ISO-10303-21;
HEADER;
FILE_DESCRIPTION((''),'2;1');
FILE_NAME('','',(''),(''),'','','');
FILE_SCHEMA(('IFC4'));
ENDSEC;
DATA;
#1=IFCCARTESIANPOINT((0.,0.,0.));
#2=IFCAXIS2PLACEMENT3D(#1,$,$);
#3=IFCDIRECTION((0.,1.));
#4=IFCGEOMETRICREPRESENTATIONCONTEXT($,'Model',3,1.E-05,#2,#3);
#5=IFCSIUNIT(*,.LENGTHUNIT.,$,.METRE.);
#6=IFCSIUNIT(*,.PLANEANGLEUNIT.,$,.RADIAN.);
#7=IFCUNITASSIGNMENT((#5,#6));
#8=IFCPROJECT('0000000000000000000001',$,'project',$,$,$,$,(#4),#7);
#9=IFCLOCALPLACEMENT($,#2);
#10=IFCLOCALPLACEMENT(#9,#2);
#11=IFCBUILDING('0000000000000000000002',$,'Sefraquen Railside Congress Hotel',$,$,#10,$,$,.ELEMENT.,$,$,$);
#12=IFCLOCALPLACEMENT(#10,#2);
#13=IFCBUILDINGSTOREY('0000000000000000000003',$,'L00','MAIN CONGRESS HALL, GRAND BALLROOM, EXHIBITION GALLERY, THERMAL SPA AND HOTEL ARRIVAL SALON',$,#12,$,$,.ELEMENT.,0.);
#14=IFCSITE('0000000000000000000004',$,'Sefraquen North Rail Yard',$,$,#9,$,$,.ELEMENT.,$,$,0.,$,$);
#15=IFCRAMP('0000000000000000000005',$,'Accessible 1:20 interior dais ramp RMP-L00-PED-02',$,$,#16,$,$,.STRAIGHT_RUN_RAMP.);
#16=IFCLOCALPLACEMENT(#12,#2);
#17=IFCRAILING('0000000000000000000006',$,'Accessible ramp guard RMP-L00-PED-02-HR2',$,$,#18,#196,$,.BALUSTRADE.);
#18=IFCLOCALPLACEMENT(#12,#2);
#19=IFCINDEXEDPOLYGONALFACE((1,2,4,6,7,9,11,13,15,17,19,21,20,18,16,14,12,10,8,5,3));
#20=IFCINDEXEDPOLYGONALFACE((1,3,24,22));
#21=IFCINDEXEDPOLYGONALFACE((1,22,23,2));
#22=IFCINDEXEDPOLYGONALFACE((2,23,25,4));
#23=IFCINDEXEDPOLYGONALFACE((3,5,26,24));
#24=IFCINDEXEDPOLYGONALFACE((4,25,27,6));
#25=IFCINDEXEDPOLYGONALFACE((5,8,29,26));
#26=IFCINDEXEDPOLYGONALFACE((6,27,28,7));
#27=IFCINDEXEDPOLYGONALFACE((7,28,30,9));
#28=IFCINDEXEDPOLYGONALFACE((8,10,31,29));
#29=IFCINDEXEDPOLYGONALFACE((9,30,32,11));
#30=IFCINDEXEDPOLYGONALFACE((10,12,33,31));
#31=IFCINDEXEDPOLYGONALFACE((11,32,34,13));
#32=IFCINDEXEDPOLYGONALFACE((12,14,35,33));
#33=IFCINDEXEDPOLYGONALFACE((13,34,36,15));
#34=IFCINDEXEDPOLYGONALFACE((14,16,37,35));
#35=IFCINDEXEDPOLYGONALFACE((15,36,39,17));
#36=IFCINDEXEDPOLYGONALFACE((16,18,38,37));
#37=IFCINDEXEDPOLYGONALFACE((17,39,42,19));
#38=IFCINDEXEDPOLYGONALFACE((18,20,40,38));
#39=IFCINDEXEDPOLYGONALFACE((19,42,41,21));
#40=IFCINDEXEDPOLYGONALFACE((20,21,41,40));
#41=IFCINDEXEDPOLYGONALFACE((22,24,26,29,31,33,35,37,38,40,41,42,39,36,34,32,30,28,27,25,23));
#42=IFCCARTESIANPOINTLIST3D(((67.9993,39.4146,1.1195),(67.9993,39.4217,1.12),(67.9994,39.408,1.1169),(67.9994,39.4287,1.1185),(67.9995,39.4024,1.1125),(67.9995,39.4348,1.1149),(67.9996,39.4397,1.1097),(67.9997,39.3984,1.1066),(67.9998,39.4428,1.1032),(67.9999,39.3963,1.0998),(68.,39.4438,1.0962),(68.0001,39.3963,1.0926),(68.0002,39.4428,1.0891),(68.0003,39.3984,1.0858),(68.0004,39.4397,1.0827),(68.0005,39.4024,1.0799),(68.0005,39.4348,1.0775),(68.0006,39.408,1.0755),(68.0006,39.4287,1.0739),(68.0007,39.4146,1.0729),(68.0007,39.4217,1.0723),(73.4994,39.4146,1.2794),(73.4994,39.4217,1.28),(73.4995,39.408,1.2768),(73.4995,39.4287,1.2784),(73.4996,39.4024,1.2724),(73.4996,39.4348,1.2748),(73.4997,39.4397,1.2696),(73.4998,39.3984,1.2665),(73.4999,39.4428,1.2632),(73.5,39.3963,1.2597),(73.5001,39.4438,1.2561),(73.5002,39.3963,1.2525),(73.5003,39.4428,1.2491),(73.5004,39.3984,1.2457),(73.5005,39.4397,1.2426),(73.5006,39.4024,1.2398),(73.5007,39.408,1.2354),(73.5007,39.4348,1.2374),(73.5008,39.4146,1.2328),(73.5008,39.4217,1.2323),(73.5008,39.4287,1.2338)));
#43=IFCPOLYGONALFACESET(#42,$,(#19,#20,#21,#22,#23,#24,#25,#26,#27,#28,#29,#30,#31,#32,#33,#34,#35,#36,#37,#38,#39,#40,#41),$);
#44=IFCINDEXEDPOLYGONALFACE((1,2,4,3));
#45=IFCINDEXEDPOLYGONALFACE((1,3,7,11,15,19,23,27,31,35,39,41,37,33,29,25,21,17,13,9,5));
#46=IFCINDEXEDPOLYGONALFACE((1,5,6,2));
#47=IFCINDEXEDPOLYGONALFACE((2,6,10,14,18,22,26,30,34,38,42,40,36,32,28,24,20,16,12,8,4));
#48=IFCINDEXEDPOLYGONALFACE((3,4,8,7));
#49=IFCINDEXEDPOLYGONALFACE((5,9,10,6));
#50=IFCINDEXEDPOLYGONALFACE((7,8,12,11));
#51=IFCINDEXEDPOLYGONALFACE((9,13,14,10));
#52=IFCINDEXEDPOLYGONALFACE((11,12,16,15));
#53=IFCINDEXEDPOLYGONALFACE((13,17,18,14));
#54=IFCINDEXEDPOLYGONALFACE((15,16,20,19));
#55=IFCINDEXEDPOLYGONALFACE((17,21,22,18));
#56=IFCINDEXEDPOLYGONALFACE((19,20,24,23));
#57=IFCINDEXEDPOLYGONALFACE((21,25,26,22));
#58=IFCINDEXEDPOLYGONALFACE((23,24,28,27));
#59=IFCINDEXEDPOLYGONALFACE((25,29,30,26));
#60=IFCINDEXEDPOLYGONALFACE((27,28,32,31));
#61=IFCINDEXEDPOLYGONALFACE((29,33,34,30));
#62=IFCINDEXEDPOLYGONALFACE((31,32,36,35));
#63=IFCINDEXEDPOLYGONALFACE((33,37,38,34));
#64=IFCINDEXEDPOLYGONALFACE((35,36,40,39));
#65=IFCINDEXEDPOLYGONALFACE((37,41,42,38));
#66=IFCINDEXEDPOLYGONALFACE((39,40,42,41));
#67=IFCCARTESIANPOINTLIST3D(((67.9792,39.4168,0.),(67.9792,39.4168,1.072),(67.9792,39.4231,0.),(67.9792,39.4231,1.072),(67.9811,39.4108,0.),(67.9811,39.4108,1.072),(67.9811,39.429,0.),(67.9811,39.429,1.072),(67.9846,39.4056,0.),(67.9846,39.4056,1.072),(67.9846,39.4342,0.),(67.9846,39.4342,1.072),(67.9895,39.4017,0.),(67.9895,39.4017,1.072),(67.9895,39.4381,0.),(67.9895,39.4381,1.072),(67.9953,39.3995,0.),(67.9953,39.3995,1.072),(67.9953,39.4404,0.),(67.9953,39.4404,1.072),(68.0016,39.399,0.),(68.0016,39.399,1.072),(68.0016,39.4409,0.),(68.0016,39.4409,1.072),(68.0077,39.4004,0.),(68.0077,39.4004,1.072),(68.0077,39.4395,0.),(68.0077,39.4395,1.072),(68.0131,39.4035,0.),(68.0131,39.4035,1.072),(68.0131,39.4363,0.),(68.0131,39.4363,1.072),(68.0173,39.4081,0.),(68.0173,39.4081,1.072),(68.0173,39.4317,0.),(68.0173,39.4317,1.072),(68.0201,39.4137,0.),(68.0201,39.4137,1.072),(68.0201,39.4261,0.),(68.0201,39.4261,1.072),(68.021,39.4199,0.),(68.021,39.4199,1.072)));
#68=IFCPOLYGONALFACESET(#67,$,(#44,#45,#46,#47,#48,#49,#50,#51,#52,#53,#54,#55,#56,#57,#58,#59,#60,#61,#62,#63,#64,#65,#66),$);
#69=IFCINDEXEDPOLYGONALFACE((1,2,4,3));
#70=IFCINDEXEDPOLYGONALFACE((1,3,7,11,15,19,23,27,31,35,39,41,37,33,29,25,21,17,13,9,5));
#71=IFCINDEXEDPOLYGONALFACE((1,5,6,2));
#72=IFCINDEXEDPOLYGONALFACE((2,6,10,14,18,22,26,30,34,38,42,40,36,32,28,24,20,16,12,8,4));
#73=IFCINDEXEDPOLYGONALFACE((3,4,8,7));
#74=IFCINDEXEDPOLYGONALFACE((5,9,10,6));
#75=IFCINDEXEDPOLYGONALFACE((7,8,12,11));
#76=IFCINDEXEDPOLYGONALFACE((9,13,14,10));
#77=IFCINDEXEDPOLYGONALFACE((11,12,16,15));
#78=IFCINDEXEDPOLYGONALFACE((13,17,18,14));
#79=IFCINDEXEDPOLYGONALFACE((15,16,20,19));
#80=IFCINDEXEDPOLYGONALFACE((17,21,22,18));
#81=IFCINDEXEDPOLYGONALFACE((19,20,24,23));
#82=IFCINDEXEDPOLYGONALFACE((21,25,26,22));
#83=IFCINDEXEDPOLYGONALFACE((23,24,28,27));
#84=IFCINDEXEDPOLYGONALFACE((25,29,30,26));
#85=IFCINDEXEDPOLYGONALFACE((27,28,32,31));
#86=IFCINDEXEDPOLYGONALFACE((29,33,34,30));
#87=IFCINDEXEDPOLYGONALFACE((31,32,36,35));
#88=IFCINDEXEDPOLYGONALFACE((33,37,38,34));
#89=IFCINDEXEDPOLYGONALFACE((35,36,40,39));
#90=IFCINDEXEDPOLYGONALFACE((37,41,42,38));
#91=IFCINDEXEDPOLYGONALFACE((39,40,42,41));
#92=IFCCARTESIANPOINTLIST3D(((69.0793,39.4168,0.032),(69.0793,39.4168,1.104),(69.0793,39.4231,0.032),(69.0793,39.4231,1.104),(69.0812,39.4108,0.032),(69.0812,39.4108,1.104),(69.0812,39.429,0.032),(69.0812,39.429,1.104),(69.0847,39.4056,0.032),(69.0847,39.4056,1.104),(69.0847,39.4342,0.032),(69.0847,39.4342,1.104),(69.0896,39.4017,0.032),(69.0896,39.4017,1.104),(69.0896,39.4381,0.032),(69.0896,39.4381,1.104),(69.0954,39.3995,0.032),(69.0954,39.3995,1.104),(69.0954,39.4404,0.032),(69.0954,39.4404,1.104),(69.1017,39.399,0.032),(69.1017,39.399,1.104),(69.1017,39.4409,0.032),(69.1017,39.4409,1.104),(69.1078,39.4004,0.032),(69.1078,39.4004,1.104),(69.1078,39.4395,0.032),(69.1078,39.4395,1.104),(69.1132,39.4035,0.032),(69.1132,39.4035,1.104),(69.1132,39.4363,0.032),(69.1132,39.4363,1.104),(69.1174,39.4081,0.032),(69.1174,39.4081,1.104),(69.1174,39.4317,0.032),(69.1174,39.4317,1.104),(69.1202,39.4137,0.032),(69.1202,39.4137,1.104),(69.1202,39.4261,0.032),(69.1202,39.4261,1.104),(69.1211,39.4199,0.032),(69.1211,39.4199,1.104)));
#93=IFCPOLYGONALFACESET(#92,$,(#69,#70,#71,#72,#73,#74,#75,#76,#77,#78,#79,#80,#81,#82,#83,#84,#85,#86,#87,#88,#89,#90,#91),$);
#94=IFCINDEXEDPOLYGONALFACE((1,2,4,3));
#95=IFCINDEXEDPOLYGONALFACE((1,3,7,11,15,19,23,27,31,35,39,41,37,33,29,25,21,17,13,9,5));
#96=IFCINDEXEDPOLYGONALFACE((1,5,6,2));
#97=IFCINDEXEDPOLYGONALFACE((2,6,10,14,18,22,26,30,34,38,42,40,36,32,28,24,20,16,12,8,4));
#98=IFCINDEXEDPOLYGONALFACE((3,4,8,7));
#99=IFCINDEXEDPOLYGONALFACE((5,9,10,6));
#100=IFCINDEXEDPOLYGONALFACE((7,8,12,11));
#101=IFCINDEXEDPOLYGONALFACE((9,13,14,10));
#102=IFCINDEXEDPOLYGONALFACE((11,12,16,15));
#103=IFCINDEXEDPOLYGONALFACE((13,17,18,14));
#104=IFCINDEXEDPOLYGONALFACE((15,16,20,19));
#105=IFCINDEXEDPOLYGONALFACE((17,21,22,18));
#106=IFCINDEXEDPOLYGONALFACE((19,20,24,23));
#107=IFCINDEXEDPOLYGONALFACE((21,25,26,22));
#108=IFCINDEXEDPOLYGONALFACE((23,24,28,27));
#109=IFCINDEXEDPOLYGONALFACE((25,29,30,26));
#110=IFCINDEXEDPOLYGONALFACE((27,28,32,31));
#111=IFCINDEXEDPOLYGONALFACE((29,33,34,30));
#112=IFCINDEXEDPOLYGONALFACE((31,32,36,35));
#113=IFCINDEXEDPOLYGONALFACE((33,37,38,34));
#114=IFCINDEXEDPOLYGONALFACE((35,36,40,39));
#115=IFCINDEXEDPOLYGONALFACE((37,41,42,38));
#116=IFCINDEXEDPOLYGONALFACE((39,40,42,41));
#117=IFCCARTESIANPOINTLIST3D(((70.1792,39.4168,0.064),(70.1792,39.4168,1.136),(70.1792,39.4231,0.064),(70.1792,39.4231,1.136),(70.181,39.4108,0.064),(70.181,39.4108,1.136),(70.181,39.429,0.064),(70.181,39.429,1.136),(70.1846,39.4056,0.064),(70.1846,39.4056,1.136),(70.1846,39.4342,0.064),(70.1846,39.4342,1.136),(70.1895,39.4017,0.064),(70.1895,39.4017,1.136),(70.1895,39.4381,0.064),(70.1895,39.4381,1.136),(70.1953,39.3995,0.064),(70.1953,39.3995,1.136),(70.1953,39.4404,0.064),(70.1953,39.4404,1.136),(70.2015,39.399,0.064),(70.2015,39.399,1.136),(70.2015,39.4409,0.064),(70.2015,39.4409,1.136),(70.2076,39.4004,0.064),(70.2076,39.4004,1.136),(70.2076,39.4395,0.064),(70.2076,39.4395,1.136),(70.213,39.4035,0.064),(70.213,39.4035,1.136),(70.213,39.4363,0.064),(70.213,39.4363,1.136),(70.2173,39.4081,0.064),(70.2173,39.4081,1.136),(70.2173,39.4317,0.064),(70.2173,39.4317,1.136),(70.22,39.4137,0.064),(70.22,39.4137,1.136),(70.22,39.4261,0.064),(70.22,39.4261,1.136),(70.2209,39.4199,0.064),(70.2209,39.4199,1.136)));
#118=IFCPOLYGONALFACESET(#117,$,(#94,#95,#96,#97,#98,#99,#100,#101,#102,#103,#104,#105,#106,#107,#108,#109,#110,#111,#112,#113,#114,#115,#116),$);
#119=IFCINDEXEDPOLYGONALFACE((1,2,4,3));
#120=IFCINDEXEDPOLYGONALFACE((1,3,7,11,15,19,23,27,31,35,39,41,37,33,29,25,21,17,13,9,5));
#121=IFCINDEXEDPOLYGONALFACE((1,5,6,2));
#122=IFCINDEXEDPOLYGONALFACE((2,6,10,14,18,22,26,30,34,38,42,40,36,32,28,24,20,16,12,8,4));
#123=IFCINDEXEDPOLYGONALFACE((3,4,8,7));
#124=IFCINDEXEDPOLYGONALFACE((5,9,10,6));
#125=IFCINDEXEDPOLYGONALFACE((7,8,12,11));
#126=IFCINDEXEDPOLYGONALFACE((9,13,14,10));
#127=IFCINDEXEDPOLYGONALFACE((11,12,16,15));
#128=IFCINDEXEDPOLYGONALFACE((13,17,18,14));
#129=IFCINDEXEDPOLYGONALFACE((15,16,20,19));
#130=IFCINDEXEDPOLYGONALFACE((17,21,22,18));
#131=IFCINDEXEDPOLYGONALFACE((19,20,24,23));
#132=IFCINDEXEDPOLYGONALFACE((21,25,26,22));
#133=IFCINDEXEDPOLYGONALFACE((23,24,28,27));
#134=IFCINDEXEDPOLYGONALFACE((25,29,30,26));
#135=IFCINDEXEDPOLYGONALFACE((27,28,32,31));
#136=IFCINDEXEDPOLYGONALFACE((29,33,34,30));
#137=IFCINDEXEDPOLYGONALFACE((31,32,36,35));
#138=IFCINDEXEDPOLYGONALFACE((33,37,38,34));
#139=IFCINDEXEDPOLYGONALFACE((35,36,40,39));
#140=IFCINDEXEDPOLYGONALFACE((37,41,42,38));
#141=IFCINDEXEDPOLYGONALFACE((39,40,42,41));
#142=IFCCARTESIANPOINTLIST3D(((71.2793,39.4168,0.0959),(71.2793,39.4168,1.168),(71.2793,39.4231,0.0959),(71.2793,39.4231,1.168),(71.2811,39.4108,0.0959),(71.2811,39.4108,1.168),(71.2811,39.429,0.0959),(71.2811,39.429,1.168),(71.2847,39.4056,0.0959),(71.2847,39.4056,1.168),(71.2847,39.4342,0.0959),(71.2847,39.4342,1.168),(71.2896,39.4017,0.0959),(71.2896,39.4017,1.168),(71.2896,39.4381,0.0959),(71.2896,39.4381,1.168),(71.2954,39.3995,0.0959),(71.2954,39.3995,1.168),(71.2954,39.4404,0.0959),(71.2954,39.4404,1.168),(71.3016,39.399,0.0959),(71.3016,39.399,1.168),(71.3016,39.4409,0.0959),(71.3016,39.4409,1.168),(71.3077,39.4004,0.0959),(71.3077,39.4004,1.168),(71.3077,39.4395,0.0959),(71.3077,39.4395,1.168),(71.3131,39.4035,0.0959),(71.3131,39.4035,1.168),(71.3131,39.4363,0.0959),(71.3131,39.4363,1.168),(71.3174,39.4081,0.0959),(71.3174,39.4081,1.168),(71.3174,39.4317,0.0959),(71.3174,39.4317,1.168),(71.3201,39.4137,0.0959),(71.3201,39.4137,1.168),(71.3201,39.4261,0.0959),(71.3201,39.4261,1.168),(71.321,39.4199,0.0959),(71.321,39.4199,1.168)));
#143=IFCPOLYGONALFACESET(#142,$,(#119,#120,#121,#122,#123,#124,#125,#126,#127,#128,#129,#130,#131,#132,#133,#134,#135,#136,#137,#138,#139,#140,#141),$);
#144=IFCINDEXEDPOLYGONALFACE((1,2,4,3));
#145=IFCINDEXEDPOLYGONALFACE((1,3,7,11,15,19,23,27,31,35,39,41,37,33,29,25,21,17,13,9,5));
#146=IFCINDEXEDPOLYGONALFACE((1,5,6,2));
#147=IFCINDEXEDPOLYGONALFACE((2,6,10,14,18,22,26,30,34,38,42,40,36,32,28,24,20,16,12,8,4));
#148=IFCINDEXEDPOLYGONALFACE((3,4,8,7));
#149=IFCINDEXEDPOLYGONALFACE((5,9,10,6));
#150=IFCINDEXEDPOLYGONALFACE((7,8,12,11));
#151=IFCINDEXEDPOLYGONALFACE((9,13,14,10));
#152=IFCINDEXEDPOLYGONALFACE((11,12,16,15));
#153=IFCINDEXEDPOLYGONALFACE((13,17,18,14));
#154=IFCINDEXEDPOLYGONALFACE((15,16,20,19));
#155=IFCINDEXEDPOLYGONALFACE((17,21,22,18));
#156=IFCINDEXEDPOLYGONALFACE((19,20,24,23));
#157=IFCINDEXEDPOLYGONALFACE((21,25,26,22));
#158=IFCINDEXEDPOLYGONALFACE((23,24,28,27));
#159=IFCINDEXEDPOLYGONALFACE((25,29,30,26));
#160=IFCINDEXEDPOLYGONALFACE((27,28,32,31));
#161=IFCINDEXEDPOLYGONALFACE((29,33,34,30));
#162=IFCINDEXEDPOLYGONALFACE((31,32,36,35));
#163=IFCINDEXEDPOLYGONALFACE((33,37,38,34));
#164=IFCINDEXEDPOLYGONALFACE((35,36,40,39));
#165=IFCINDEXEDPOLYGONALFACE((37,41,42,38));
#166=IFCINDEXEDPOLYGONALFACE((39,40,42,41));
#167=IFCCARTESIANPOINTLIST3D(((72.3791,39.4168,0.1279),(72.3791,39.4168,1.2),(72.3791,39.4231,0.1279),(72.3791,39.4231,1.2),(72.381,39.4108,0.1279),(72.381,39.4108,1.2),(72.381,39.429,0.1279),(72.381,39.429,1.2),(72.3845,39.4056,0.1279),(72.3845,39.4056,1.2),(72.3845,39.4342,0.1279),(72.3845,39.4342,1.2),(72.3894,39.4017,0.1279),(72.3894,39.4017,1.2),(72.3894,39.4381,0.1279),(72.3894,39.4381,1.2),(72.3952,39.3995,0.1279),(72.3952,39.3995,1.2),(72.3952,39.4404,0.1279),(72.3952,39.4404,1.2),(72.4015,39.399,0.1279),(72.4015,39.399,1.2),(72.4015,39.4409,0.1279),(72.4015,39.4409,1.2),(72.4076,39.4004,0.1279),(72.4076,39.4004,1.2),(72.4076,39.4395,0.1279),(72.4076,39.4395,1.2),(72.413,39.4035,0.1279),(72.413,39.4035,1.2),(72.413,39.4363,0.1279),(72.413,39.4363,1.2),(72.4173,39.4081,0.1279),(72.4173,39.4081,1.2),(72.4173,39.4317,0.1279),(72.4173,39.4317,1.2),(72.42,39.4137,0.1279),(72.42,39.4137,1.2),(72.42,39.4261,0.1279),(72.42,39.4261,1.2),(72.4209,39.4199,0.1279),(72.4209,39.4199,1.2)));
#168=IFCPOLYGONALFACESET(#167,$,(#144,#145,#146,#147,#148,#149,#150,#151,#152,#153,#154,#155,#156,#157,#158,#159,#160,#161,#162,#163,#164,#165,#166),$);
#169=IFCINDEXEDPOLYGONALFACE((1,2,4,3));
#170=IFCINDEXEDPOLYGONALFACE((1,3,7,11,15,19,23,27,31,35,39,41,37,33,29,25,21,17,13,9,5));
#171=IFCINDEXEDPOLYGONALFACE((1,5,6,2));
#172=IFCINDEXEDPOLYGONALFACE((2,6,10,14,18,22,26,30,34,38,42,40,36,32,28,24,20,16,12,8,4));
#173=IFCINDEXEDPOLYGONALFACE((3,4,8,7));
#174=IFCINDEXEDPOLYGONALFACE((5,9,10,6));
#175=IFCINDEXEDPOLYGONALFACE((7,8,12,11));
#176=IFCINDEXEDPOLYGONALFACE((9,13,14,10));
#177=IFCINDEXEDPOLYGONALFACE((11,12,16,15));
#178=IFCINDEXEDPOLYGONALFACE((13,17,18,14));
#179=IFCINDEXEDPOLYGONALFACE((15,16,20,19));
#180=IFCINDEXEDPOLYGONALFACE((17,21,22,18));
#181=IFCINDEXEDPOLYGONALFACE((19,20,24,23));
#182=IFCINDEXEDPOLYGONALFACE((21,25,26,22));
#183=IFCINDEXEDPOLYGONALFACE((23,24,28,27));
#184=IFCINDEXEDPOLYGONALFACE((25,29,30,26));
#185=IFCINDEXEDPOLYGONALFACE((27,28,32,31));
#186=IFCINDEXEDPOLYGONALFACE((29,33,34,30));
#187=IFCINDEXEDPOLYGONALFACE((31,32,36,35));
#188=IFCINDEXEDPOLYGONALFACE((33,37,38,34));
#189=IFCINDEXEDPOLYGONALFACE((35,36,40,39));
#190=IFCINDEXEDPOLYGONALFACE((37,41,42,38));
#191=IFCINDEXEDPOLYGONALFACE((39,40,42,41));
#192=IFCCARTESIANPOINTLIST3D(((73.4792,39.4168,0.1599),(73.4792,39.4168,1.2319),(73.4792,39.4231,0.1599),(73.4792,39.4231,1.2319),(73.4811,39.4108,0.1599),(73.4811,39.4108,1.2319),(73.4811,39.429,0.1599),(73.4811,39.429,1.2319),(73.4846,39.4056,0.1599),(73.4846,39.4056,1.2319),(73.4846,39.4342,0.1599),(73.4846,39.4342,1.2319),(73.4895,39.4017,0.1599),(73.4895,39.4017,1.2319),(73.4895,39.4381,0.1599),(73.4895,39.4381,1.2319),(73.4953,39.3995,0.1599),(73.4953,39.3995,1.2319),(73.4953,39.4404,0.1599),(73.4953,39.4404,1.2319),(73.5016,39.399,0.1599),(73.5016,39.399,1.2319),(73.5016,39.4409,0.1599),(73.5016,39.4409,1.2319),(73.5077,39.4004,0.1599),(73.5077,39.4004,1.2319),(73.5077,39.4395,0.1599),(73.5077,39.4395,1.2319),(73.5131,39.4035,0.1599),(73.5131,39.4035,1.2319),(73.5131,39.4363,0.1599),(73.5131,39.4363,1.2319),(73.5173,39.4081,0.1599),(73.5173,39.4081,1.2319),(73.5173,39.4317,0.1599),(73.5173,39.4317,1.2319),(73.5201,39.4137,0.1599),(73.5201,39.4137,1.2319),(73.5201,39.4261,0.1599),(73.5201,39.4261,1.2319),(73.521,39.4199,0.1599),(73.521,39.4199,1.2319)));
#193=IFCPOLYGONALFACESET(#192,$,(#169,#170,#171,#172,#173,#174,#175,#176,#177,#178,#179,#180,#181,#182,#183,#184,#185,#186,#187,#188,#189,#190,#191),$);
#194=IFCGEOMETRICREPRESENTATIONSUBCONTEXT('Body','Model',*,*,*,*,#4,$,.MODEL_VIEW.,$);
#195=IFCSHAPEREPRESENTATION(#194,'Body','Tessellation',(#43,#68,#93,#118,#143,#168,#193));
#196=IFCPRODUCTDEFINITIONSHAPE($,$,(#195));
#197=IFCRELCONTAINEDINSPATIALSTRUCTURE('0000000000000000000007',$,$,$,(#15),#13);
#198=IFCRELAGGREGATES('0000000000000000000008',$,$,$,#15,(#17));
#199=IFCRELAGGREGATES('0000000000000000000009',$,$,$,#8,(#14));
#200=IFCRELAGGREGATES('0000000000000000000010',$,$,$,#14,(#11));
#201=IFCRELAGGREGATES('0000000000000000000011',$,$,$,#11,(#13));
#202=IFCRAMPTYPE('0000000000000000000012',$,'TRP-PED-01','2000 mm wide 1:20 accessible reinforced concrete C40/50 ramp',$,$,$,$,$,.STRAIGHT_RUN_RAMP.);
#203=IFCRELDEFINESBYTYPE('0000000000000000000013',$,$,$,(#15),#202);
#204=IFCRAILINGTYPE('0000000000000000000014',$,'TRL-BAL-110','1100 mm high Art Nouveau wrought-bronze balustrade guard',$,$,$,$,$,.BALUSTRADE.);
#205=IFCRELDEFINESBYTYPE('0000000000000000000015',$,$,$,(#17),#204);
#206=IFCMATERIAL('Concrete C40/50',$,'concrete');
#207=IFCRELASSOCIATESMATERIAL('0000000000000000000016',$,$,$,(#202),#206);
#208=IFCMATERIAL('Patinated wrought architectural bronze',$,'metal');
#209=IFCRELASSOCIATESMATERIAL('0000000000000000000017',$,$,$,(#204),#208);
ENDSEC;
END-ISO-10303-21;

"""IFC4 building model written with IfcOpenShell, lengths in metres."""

from ifc_helpers import new_model, si_unit, direction, frame, origin, origin_2d, place, context, subcontext, project, spatial, circle, extrude, material, type_object, element, aggregate, save


model = new_model("IFC4")

# Units and contexts
model_context = context("Model", 3, precision=1e-05, world=origin(), true_north=direction((0.0, 1.0)))
body_context = subcontext(model_context, "Body", "Model", "MODEL_VIEW")
ifc_project = project(units=[si_unit("LENGTHUNIT", "METRE"), si_unit("PLANEANGLEUNIT", "RADIAN")], contexts=[model_context])

# Site, building, storey
site_placement = place(None, origin())
site = spatial("IfcSite", under=ifc_project, at=site_placement, Name="Sefraquen North Rail Yard", CompositionType="ELEMENT", RefElevation=0.0)
building_placement = place(site_placement, origin())
building = spatial("IfcBuilding", under=site, at=building_placement, Name="Sefraquen Railside Congress Hotel", CompositionType="ELEMENT")
storey_placement = place(building_placement, origin())
storey = spatial("IfcBuildingStorey", under=building, at=storey_placement, Name="L00", Description="MAIN CONGRESS HALL, GRAND BALLROOM, EXHIBITION GALLERY, THERMAL SPA AND HOTEL ARRIVAL SALON", CompositionType="ELEMENT", Elevation=0.0)

# Ramp, railing
ifc_material_1 = material(Name="Concrete C40/50", Category="concrete")
ramp_type = type_object("IfcRampType", Name="TRP-PED-01", Description="2000 mm wide 1:20 accessible reinforced concrete C40/50 ramp", PredefinedType="STRAIGHT_RUN_RAMP", material=ifc_material_1)
ramp_placement = place(storey_placement, origin())
ramp = element("IfcRamp", 1, at=ramp_placement, inside=storey, type_object=ramp_type, Name="Accessible 1:20 interior dais ramp RMP-L00-PED-02", PredefinedType="STRAIGHT_RUN_RAMP")
ifc_material_2 = material(Name="Patinated wrought architectural bronze", Category="metal")
railing_type = type_object("IfcRailingType", Name="TRL-BAL-110", Description="1100 mm high Art Nouveau wrought-bronze balustrade guard", PredefinedType="BALUSTRADE", material=ifc_material_2)
railing_1_placement = place(storey_placement, frame((68.0, 39.4199, 0.0)))
railing_1 = element("IfcRailing", 2, at=railing_1_placement, type_object=railing_type, Name="Accessible ramp guard RMP-L00-PED-02-HR2", PredefinedType="BALUSTRADE", context=body_context, shape_type="SweptSolid", body=[
    extrude(circle(Radius=0.0239, at=origin_2d()), frame((0.0, 0.0, 1.0962), z_axis=(0.999578, 0.0, 0.029063), x_axis=(0.0, 1.0, 0.0)), (0.0, 0.0, 1.0), 5.5024),
    extrude(circle(Radius=0.021, at=origin_2d()), origin(), (0.0, 0.0, 1.0), 1.072),
    extrude(circle(Radius=0.021, at=origin_2d()), frame((1.1001, 0.0, 0.032)), (0.0, 0.0, 1.0), 1.072),
    extrude(circle(Radius=0.021, at=origin_2d()), frame((2.2, 0.0, 0.064)), (0.0, 0.0, 1.0), 1.072),
    extrude(circle(Radius=0.021, at=origin_2d()), frame((3.3, 0.0, 0.0959)), (0.0, 0.0, 1.0), 1.072),
    extrude(circle(Radius=0.021, at=origin_2d()), frame((4.3999, 0.0, 0.1279)), (0.0, 0.0, 1.0), 1.072),
    extrude(circle(Radius=0.021, at=origin_2d()), frame((5.5, 0.0, 0.1599)), (0.0, 0.0, 1.0), 1.072),
])
aggregate(ramp, [railing_1])

save(model, "model.ifc")
